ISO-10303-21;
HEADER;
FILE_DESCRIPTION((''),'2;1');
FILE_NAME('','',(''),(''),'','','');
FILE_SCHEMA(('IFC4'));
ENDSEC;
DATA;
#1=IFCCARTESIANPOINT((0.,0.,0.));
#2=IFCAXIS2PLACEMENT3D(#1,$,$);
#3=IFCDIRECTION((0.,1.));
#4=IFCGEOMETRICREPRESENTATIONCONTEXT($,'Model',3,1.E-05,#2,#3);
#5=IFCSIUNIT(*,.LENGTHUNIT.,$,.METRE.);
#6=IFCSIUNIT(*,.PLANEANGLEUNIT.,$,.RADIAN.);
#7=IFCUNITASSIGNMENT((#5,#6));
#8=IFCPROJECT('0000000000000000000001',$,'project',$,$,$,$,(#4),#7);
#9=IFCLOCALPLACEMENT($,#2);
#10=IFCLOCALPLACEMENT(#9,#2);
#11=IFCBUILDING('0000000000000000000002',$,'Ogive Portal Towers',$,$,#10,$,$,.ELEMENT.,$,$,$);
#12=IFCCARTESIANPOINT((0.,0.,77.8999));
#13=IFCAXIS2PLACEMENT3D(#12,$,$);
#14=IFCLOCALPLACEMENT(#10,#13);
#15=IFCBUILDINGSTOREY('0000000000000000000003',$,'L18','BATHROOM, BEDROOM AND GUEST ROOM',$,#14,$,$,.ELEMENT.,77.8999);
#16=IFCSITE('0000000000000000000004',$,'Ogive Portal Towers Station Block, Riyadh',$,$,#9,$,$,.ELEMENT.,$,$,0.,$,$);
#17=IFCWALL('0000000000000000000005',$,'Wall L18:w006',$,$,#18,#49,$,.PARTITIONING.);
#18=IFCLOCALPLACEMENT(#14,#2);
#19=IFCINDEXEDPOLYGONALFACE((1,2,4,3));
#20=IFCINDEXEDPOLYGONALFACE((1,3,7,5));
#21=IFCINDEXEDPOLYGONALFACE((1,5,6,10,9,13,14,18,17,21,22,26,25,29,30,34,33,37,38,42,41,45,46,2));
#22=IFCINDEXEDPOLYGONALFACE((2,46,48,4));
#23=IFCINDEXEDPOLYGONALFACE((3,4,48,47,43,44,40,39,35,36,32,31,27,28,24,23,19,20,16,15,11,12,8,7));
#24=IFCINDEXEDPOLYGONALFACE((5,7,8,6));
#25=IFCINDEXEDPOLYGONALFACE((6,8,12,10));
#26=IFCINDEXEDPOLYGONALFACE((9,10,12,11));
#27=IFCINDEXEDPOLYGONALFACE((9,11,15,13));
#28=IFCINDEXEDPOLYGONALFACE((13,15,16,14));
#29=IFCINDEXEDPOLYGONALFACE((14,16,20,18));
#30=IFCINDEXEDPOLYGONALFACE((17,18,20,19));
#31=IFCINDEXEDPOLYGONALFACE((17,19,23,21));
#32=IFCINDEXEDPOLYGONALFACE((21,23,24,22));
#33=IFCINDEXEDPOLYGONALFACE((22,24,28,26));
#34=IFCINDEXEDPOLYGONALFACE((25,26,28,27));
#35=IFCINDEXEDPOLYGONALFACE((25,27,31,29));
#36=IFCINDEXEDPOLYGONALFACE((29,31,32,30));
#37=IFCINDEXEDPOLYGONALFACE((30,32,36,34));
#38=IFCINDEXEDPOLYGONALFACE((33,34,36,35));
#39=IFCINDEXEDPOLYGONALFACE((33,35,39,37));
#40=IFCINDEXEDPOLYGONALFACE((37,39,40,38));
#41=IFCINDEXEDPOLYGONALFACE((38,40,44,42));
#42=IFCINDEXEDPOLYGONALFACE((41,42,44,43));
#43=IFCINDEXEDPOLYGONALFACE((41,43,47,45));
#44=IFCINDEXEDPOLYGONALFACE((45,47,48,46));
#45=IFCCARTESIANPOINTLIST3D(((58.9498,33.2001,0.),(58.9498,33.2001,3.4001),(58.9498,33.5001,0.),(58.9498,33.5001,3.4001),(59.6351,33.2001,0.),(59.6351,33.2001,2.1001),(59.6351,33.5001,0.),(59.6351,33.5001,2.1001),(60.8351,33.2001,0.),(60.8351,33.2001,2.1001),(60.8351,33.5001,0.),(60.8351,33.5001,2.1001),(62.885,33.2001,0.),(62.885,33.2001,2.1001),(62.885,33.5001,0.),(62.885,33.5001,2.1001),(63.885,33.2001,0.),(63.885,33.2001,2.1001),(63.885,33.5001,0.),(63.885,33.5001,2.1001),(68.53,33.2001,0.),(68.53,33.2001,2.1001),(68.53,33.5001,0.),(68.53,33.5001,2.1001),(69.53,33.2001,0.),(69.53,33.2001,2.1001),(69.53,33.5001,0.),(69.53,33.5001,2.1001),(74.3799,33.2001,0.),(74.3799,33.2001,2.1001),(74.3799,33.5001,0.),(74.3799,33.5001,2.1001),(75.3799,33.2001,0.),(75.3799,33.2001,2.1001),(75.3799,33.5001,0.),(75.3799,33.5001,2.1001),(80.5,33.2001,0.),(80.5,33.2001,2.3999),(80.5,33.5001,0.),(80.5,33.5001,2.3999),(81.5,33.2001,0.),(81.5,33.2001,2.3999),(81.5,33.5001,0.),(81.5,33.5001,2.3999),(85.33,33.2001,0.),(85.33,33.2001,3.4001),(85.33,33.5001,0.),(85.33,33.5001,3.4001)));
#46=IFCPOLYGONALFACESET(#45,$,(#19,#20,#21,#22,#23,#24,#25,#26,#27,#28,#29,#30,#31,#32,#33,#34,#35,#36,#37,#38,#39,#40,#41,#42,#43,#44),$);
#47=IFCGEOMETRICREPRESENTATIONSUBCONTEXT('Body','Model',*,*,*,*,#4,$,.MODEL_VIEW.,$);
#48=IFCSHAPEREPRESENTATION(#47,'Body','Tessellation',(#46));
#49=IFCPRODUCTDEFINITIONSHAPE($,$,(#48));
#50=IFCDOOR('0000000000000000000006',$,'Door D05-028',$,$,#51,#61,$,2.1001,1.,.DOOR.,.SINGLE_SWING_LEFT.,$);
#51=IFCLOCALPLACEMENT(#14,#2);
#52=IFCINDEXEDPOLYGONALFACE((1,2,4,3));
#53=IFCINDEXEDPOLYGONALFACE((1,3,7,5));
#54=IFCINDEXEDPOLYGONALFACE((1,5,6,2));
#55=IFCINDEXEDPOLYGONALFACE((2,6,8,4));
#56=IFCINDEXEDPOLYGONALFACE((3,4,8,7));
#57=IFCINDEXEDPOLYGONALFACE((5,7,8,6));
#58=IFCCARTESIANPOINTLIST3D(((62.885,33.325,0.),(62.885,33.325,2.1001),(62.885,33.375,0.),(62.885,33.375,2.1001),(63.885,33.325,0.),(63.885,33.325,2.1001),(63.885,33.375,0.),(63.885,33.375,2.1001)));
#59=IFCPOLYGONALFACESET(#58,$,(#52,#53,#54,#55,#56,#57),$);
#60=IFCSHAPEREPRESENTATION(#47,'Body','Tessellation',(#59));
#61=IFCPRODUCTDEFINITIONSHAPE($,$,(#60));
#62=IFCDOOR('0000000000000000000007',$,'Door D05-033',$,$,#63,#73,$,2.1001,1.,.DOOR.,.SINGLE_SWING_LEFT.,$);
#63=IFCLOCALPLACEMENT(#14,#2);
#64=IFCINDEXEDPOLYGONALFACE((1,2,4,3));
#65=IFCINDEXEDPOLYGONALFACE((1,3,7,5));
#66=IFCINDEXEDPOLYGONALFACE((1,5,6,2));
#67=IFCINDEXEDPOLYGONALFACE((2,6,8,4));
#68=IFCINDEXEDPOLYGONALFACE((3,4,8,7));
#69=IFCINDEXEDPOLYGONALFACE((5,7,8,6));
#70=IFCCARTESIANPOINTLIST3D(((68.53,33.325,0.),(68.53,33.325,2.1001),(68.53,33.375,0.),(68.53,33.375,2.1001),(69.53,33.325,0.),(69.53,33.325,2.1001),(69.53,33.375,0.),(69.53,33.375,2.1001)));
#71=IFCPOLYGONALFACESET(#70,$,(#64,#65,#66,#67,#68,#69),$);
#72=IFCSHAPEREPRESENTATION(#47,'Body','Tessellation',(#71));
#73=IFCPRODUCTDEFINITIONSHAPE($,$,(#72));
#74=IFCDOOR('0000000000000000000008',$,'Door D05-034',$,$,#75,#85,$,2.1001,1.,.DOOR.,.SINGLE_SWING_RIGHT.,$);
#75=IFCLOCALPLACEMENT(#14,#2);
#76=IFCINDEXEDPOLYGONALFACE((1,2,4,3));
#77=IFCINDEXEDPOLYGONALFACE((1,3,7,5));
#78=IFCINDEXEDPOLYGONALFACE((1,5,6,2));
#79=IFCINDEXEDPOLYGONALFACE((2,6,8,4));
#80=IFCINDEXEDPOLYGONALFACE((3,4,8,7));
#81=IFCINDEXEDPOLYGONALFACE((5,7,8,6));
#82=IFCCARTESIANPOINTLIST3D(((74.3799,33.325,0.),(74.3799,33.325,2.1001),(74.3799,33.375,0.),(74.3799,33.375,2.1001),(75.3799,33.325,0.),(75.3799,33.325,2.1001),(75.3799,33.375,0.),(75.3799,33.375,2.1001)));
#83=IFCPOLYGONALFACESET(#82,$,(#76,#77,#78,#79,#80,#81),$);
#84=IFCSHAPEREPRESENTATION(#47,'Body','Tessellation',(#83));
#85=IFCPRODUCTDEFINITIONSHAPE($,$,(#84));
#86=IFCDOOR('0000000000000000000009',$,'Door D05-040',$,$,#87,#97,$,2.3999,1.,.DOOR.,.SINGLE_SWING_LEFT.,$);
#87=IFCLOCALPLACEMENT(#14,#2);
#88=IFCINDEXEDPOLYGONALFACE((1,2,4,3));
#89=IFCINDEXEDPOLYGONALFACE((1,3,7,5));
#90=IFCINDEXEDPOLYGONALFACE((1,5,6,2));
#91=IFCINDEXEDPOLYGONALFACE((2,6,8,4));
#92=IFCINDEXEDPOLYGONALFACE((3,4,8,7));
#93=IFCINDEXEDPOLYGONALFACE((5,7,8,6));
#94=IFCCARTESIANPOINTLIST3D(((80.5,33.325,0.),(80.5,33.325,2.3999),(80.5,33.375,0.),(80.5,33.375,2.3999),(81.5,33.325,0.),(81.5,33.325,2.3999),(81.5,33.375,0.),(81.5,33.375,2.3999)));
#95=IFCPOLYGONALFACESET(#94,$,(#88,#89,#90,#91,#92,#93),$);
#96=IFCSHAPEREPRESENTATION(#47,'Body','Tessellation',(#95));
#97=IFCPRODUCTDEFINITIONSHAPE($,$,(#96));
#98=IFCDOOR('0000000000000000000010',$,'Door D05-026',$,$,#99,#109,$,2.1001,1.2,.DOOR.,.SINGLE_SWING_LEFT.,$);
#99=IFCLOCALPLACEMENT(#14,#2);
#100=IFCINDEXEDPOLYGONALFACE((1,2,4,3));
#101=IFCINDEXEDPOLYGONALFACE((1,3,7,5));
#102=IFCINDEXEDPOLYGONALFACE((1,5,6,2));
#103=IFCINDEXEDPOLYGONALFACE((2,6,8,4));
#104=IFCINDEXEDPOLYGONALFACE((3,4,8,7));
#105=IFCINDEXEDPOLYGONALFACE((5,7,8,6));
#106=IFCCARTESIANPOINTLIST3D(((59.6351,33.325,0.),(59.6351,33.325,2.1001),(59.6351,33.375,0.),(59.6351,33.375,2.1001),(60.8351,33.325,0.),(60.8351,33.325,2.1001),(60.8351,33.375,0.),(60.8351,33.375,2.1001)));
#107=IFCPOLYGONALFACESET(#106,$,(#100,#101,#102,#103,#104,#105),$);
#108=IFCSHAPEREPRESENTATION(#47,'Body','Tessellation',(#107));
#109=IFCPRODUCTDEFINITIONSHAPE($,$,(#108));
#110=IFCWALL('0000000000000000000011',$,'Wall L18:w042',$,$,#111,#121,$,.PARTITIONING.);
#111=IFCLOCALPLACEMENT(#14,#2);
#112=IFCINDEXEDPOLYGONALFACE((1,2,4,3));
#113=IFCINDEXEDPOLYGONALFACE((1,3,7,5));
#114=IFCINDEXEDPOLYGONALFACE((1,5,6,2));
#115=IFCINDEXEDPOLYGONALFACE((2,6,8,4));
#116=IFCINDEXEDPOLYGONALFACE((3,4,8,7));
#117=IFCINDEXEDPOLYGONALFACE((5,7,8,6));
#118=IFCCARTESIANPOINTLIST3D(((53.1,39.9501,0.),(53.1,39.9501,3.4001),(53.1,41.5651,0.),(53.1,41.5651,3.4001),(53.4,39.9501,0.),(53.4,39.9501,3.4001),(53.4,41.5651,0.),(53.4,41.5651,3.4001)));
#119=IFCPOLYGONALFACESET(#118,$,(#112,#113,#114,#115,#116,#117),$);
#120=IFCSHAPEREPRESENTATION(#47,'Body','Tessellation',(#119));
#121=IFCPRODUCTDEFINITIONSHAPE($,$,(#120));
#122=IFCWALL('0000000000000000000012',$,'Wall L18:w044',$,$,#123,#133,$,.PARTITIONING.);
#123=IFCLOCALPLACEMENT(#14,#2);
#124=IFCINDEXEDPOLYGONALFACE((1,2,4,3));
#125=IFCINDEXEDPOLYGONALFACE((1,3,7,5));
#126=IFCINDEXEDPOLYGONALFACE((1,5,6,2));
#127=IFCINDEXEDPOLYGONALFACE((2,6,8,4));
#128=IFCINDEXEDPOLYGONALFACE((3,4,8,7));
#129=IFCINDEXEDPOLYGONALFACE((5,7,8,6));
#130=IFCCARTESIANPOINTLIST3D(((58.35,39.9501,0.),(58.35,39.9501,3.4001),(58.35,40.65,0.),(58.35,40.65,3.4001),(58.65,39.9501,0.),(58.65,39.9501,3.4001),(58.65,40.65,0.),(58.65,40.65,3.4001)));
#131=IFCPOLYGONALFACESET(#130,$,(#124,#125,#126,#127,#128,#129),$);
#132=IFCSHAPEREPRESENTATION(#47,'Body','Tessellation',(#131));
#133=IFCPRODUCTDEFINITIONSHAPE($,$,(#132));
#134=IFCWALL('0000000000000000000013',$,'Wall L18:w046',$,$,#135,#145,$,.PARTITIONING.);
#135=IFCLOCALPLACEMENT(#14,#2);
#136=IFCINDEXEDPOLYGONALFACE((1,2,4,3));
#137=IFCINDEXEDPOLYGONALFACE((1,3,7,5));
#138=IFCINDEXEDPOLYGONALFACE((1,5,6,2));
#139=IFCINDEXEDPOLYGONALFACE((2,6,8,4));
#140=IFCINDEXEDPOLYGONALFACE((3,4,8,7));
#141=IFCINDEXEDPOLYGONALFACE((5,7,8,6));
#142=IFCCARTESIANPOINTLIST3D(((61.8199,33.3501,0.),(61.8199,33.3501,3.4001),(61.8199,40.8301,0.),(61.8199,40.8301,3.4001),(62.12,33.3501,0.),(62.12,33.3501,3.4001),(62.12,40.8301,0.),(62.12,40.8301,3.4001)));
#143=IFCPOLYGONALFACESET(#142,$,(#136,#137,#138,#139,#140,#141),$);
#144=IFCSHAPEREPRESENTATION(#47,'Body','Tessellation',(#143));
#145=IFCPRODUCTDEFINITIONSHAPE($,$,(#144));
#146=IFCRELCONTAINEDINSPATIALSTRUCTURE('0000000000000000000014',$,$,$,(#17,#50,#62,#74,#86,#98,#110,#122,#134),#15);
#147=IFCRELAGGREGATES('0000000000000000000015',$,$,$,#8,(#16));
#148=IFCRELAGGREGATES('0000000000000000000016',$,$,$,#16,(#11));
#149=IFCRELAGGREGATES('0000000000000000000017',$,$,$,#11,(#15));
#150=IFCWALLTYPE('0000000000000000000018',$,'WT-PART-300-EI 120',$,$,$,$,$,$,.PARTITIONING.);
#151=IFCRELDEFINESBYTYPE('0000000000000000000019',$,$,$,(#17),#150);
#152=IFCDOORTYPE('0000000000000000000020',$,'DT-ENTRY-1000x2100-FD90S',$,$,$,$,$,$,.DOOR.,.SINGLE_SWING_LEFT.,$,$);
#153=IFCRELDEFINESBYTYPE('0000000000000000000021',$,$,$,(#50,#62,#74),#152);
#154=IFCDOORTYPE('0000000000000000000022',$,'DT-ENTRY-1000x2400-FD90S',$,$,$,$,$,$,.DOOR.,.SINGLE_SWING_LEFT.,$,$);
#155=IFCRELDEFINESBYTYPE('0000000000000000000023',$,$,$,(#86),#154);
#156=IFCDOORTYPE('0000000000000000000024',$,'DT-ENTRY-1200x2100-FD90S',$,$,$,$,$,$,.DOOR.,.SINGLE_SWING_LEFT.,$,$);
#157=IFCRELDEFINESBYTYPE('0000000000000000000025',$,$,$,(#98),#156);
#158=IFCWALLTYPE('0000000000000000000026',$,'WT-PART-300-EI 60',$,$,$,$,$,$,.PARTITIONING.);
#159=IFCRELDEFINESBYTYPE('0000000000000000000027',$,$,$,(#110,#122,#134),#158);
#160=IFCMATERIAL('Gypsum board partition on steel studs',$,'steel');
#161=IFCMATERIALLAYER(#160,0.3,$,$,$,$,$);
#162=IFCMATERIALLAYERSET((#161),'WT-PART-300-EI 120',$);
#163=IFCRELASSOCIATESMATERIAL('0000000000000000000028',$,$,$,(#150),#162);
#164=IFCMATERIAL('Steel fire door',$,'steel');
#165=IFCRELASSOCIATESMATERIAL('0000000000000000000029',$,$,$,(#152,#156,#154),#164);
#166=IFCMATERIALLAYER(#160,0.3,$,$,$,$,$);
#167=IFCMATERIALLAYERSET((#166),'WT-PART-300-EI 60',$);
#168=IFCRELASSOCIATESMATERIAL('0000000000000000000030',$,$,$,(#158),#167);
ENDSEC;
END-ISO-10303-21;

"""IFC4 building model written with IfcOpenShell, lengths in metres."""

from ifc_helpers import new_model, si_unit, direction, frame, frame_2d, origin, place, context, subcontext, project, spatial, rectangle, extrude, material, layer, layer_set, type_object, element, fill, save


model = new_model("IFC4")

# Units and contexts
model_context = context("Model", 3, precision=1e-05, world=origin(), true_north=direction((0.0, 1.0)))
body_context = subcontext(model_context, "Body", "Model", "MODEL_VIEW")
ifc_project = project(units=[si_unit("LENGTHUNIT", "METRE"), si_unit("PLANEANGLEUNIT", "RADIAN")], contexts=[model_context])

# Site, building, storey
site_placement = place(None, origin())
site = spatial("IfcSite", under=ifc_project, at=site_placement, Name="Ogive Portal Towers Station Block, Riyadh", CompositionType="ELEMENT", RefElevation=0.0)
building_placement = place(site_placement, origin())
building = spatial("IfcBuilding", under=site, at=building_placement, Name="Ogive Portal Towers", CompositionType="ELEMENT")
storey_placement = place(building_placement, frame((0.0, 0.0, 77.8999)))
storey = spatial("IfcBuildingStorey", under=building, at=storey_placement, Name="L18", Description="BATHROOM, BEDROOM AND GUEST ROOM", CompositionType="ELEMENT", Elevation=77.8999)

# Wall, openings, doors
ifc_material_1 = material(Name="Gypsum board partition on steel studs", Category="steel")
ifc_layer_1 = layer(ifc_material_1, 0.3)
ifc_layer_set_1 = layer_set([ifc_layer_1], Name="WT-PART-300-EI 120")
wall_type_1 = type_object("IfcWallType", Name="WT-PART-300-EI 120", PredefinedType="PARTITIONING", material=ifc_layer_set_1)
ifc_material_2 = material(Name="Steel fire door", Category="steel")
door_type_1 = type_object("IfcDoorType", Name="DT-ENTRY-1000x2100-FD90S", OperationType="SINGLE_SWING_LEFT", PredefinedType="DOOR", material=ifc_material_2)
door_type_2 = type_object("IfcDoorType", Name="DT-ENTRY-1200x2100-FD90S", OperationType="SINGLE_SWING_LEFT", PredefinedType="DOOR", material=ifc_material_2)
wall_1_placement = place(storey_placement, frame((58.95, 33.3501, 0.0), z_axis=(0.0, 0.0, 1.0), x_axis=(1.0, 0.0, 0.0)))
wall_1 = element("IfcWall", 1, at=wall_1_placement, inside=storey, type_object=wall_type_1, Name="Wall L18:w006", PredefinedType="PARTITIONING", context=body_context, shape_type="SweptSolid", body=[
    extrude(rectangle(XDim=26.3801, YDim=0.3, at=frame_2d((13.1899, 0.0))), origin(), (0.0, 0.0, 1.0), 3.4001),
])
opening_1_placement = place(wall_1_placement, frame((0.6851, 0.0, 0.0)))
opening_1 = element("IfcOpeningElement", 2, at=opening_1_placement, cuts=wall_1, PredefinedType="OPENING", context=body_context, shape_type="SweptSolid", body=[
    extrude(rectangle(XDim=1.2, YDim=2.1001, at=frame_2d((0.6001, 1.05))), frame((0.0, 0.1602, 0.0), z_axis=(0.0, -1.0, 0.0), x_axis=(1.0, 0.0, 0.0)), (0.0, 0.0, 1.0), 0.3201),
])
opening_2_placement = place(wall_1_placement, frame((3.9351, 0.0, 0.0)))
opening_2 = element("IfcOpeningElement", 3, at=opening_2_placement, cuts=wall_1, PredefinedType="OPENING", context=body_context, shape_type="SweptSolid", body=[
    extrude(rectangle(XDim=1.0, YDim=2.1001, at=frame_2d((0.5, 1.05))), frame((0.0, 0.1602, 0.0), z_axis=(0.0, -1.0, 0.0), x_axis=(1.0, 0.0, 0.0)), (0.0, 0.0, 1.0), 0.3201),
])
opening_3_placement = place(wall_1_placement, frame((9.5801, 0.0, 0.0)))
opening_3 = element("IfcOpeningElement", 4, at=opening_3_placement, cuts=wall_1, PredefinedType="OPENING", context=body_context, shape_type="SweptSolid", body=[
    extrude(rectangle(XDim=1.0, YDim=2.1001, at=frame_2d((0.5, 1.05))), frame((0.0, 0.1602, 0.0), z_axis=(0.0, -1.0, 0.0), x_axis=(1.0, 0.0, 0.0)), (0.0, 0.0, 1.0), 0.3201),
])
opening_4_placement = place(wall_1_placement, frame((15.4299, 0.0, 0.0)))
opening_4 = element("IfcOpeningElement", 5, at=opening_4_placement, cuts=wall_1, PredefinedType="OPENING", context=body_context, shape_type="SweptSolid", body=[
    extrude(rectangle(XDim=1.0, YDim=2.1001, at=frame_2d((0.5, 1.05))), frame((0.0, 0.1602, 0.0), z_axis=(0.0, -1.0, 0.0), x_axis=(1.0, 0.0, 0.0)), (0.0, 0.0, 1.0), 0.3201),
])
opening_5_placement = place(wall_1_placement, frame((21.55, 0.0, 0.0)))
opening_5 = element("IfcOpeningElement", 6, at=opening_5_placement, cuts=wall_1, PredefinedType="OPENING", context=body_context, shape_type="SweptSolid", body=[
    extrude(rectangle(XDim=1.0, YDim=2.3999, at=frame_2d((0.5, 1.2))), frame((0.0, 0.1602, 0.0), z_axis=(0.0, -1.0, 0.0), x_axis=(1.0, 0.0, 0.0)), (0.0, 0.0, 1.0), 0.3201),
])
door_1_placement = place(opening_2_placement, origin())
door_1 = element("IfcDoor", 7, at=door_1_placement, inside=storey, type_object=door_type_1, Name="Door D05-028", OperationType="SINGLE_SWING_LEFT", OverallHeight=2.1001, OverallWidth=1.0, PredefinedType="DOOR", context=body_context, shape_type="SweptSolid", body=[
    extrude(rectangle(XDim=1.0, YDim=2.1001, at=frame_2d((0.5, 1.05))), frame((0.0, 0.0249, 0.0), z_axis=(0.0, -1.0, 0.0), x_axis=(1.0, 0.0, 0.0)), (0.0, 0.0, 1.0), 0.05),
])
fill(opening_2, door_1)
door_2_placement = place(opening_3_placement, origin())
door_2 = element("IfcDoor", 8, at=door_2_placement, inside=storey, type_object=door_type_1, Name="Door D05-033", OperationType="SINGLE_SWING_LEFT", OverallHeight=2.1001, OverallWidth=1.0, PredefinedType="DOOR", context=body_context, shape_type="SweptSolid", body=[
    extrude(rectangle(XDim=1.0, YDim=2.1001, at=frame_2d((0.5, 1.05))), frame((0.0, 0.0249, 0.0), z_axis=(0.0, -1.0, 0.0), x_axis=(1.0, 0.0, 0.0)), (0.0, 0.0, 1.0), 0.05),
])
fill(opening_3, door_2)
door_3_placement = place(opening_4_placement, origin())
door_3 = element("IfcDoor", 9, at=door_3_placement, inside=storey, type_object=door_type_1, Name="Door D05-034", OperationType="SINGLE_SWING_RIGHT", OverallHeight=2.1001, OverallWidth=1.0, PredefinedType="DOOR", context=body_context, shape_type="SweptSolid", body=[
    extrude(rectangle(XDim=1.0, YDim=2.1001, at=frame_2d((0.5, 1.05))), frame((0.0, 0.0249, 0.0), z_axis=(0.0, -1.0, 0.0), x_axis=(1.0, 0.0, 0.0)), (0.0, 0.0, 1.0), 0.05),
])
fill(opening_4, door_3)
door_type_3 = type_object("IfcDoorType", Name="DT-ENTRY-1000x2400-FD90S", OperationType="SINGLE_SWING_LEFT", PredefinedType="DOOR", material=ifc_material_2)
door_4_placement = place(opening_5_placement, origin())
door_4 = element("IfcDoor", 10, at=door_4_placement, inside=storey, type_object=door_type_3, Name="Door D05-040", OperationType="SINGLE_SWING_LEFT", OverallHeight=2.3999, OverallWidth=1.0, PredefinedType="DOOR", context=body_context, shape_type="SweptSolid", body=[
    extrude(rectangle(XDim=1.0, YDim=2.3999, at=frame_2d((0.5, 1.2))), frame((0.0, 0.0249, 0.0), z_axis=(0.0, -1.0, 0.0), x_axis=(1.0, 0.0, 0.0)), (0.0, 0.0, 1.0), 0.05),
])
fill(opening_5, door_4)
door_5_placement = place(opening_1_placement, origin())
door_5 = element("IfcDoor", 11, at=door_5_placement, inside=storey, type_object=door_type_2, Name="Door D05-026", OperationType="SINGLE_SWING_LEFT", OverallHeight=2.1001, OverallWidth=1.2, PredefinedType="DOOR", context=body_context, shape_type="SweptSolid", body=[
    extrude(rectangle(XDim=1.2, YDim=2.1001, at=frame_2d((0.6001, 1.05))), frame((0.0, 0.0249, 0.0), z_axis=(0.0, -1.0, 0.0), x_axis=(1.0, 0.0, 0.0)), (0.0, 0.0, 1.0), 0.05),
])
fill(opening_1, door_5)

# Walls
ifc_layer_2 = layer(ifc_material_1, 0.3)
ifc_layer_set_2 = layer_set([ifc_layer_2], Name="WT-PART-300-EI 60")
wall_type_2 = type_object("IfcWallType", Name="WT-PART-300-EI 60", PredefinedType="PARTITIONING", material=ifc_layer_set_2)
wall_2_placement = place(storey_placement, frame((53.25, 39.95, 0.0), z_axis=(0.0, 0.0, 1.0), x_axis=(0.0, 1.0, 0.0)))
element("IfcWall", 12, at=wall_2_placement, inside=storey, type_object=wall_type_2, Name="Wall L18:w042", PredefinedType="PARTITIONING", context=body_context, shape_type="SweptSolid", body=[
    extrude(rectangle(XDim=1.615, YDim=0.3, at=frame_2d((0.8076, 0.0))), origin(), (0.0, 0.0, 1.0), 3.4001),
])
wall_3_placement = place(storey_placement, frame((58.5, 39.95, 0.0), z_axis=(0.0, 0.0, 1.0), x_axis=(0.0, 1.0, 0.0)))
element("IfcWall", 13, at=wall_3_placement, inside=storey, type_object=wall_type_2, Name="Wall L18:w044", PredefinedType="PARTITIONING", context=body_context, shape_type="SweptSolid", body=[
    extrude(rectangle(XDim=0.7, YDim=0.3, at=frame_2d((0.3501, 0.0))), origin(), (0.0, 0.0, 1.0), 3.4001),
])
wall_4_placement = place(storey_placement, frame((61.97, 33.3501, 0.0), z_axis=(0.0, 0.0, 1.0), x_axis=(0.0, 1.0, 0.0)))
element("IfcWall", 14, at=wall_4_placement, inside=storey, type_object=wall_type_2, Name="Wall L18:w046", PredefinedType="PARTITIONING", context=body_context, shape_type="SweptSolid", body=[
    extrude(rectangle(XDim=7.48, YDim=0.3, at=frame_2d((3.74, 0.0))), origin(), (0.0, 0.0, 1.0), 3.4001),
])

save(model, "model.ifc")
